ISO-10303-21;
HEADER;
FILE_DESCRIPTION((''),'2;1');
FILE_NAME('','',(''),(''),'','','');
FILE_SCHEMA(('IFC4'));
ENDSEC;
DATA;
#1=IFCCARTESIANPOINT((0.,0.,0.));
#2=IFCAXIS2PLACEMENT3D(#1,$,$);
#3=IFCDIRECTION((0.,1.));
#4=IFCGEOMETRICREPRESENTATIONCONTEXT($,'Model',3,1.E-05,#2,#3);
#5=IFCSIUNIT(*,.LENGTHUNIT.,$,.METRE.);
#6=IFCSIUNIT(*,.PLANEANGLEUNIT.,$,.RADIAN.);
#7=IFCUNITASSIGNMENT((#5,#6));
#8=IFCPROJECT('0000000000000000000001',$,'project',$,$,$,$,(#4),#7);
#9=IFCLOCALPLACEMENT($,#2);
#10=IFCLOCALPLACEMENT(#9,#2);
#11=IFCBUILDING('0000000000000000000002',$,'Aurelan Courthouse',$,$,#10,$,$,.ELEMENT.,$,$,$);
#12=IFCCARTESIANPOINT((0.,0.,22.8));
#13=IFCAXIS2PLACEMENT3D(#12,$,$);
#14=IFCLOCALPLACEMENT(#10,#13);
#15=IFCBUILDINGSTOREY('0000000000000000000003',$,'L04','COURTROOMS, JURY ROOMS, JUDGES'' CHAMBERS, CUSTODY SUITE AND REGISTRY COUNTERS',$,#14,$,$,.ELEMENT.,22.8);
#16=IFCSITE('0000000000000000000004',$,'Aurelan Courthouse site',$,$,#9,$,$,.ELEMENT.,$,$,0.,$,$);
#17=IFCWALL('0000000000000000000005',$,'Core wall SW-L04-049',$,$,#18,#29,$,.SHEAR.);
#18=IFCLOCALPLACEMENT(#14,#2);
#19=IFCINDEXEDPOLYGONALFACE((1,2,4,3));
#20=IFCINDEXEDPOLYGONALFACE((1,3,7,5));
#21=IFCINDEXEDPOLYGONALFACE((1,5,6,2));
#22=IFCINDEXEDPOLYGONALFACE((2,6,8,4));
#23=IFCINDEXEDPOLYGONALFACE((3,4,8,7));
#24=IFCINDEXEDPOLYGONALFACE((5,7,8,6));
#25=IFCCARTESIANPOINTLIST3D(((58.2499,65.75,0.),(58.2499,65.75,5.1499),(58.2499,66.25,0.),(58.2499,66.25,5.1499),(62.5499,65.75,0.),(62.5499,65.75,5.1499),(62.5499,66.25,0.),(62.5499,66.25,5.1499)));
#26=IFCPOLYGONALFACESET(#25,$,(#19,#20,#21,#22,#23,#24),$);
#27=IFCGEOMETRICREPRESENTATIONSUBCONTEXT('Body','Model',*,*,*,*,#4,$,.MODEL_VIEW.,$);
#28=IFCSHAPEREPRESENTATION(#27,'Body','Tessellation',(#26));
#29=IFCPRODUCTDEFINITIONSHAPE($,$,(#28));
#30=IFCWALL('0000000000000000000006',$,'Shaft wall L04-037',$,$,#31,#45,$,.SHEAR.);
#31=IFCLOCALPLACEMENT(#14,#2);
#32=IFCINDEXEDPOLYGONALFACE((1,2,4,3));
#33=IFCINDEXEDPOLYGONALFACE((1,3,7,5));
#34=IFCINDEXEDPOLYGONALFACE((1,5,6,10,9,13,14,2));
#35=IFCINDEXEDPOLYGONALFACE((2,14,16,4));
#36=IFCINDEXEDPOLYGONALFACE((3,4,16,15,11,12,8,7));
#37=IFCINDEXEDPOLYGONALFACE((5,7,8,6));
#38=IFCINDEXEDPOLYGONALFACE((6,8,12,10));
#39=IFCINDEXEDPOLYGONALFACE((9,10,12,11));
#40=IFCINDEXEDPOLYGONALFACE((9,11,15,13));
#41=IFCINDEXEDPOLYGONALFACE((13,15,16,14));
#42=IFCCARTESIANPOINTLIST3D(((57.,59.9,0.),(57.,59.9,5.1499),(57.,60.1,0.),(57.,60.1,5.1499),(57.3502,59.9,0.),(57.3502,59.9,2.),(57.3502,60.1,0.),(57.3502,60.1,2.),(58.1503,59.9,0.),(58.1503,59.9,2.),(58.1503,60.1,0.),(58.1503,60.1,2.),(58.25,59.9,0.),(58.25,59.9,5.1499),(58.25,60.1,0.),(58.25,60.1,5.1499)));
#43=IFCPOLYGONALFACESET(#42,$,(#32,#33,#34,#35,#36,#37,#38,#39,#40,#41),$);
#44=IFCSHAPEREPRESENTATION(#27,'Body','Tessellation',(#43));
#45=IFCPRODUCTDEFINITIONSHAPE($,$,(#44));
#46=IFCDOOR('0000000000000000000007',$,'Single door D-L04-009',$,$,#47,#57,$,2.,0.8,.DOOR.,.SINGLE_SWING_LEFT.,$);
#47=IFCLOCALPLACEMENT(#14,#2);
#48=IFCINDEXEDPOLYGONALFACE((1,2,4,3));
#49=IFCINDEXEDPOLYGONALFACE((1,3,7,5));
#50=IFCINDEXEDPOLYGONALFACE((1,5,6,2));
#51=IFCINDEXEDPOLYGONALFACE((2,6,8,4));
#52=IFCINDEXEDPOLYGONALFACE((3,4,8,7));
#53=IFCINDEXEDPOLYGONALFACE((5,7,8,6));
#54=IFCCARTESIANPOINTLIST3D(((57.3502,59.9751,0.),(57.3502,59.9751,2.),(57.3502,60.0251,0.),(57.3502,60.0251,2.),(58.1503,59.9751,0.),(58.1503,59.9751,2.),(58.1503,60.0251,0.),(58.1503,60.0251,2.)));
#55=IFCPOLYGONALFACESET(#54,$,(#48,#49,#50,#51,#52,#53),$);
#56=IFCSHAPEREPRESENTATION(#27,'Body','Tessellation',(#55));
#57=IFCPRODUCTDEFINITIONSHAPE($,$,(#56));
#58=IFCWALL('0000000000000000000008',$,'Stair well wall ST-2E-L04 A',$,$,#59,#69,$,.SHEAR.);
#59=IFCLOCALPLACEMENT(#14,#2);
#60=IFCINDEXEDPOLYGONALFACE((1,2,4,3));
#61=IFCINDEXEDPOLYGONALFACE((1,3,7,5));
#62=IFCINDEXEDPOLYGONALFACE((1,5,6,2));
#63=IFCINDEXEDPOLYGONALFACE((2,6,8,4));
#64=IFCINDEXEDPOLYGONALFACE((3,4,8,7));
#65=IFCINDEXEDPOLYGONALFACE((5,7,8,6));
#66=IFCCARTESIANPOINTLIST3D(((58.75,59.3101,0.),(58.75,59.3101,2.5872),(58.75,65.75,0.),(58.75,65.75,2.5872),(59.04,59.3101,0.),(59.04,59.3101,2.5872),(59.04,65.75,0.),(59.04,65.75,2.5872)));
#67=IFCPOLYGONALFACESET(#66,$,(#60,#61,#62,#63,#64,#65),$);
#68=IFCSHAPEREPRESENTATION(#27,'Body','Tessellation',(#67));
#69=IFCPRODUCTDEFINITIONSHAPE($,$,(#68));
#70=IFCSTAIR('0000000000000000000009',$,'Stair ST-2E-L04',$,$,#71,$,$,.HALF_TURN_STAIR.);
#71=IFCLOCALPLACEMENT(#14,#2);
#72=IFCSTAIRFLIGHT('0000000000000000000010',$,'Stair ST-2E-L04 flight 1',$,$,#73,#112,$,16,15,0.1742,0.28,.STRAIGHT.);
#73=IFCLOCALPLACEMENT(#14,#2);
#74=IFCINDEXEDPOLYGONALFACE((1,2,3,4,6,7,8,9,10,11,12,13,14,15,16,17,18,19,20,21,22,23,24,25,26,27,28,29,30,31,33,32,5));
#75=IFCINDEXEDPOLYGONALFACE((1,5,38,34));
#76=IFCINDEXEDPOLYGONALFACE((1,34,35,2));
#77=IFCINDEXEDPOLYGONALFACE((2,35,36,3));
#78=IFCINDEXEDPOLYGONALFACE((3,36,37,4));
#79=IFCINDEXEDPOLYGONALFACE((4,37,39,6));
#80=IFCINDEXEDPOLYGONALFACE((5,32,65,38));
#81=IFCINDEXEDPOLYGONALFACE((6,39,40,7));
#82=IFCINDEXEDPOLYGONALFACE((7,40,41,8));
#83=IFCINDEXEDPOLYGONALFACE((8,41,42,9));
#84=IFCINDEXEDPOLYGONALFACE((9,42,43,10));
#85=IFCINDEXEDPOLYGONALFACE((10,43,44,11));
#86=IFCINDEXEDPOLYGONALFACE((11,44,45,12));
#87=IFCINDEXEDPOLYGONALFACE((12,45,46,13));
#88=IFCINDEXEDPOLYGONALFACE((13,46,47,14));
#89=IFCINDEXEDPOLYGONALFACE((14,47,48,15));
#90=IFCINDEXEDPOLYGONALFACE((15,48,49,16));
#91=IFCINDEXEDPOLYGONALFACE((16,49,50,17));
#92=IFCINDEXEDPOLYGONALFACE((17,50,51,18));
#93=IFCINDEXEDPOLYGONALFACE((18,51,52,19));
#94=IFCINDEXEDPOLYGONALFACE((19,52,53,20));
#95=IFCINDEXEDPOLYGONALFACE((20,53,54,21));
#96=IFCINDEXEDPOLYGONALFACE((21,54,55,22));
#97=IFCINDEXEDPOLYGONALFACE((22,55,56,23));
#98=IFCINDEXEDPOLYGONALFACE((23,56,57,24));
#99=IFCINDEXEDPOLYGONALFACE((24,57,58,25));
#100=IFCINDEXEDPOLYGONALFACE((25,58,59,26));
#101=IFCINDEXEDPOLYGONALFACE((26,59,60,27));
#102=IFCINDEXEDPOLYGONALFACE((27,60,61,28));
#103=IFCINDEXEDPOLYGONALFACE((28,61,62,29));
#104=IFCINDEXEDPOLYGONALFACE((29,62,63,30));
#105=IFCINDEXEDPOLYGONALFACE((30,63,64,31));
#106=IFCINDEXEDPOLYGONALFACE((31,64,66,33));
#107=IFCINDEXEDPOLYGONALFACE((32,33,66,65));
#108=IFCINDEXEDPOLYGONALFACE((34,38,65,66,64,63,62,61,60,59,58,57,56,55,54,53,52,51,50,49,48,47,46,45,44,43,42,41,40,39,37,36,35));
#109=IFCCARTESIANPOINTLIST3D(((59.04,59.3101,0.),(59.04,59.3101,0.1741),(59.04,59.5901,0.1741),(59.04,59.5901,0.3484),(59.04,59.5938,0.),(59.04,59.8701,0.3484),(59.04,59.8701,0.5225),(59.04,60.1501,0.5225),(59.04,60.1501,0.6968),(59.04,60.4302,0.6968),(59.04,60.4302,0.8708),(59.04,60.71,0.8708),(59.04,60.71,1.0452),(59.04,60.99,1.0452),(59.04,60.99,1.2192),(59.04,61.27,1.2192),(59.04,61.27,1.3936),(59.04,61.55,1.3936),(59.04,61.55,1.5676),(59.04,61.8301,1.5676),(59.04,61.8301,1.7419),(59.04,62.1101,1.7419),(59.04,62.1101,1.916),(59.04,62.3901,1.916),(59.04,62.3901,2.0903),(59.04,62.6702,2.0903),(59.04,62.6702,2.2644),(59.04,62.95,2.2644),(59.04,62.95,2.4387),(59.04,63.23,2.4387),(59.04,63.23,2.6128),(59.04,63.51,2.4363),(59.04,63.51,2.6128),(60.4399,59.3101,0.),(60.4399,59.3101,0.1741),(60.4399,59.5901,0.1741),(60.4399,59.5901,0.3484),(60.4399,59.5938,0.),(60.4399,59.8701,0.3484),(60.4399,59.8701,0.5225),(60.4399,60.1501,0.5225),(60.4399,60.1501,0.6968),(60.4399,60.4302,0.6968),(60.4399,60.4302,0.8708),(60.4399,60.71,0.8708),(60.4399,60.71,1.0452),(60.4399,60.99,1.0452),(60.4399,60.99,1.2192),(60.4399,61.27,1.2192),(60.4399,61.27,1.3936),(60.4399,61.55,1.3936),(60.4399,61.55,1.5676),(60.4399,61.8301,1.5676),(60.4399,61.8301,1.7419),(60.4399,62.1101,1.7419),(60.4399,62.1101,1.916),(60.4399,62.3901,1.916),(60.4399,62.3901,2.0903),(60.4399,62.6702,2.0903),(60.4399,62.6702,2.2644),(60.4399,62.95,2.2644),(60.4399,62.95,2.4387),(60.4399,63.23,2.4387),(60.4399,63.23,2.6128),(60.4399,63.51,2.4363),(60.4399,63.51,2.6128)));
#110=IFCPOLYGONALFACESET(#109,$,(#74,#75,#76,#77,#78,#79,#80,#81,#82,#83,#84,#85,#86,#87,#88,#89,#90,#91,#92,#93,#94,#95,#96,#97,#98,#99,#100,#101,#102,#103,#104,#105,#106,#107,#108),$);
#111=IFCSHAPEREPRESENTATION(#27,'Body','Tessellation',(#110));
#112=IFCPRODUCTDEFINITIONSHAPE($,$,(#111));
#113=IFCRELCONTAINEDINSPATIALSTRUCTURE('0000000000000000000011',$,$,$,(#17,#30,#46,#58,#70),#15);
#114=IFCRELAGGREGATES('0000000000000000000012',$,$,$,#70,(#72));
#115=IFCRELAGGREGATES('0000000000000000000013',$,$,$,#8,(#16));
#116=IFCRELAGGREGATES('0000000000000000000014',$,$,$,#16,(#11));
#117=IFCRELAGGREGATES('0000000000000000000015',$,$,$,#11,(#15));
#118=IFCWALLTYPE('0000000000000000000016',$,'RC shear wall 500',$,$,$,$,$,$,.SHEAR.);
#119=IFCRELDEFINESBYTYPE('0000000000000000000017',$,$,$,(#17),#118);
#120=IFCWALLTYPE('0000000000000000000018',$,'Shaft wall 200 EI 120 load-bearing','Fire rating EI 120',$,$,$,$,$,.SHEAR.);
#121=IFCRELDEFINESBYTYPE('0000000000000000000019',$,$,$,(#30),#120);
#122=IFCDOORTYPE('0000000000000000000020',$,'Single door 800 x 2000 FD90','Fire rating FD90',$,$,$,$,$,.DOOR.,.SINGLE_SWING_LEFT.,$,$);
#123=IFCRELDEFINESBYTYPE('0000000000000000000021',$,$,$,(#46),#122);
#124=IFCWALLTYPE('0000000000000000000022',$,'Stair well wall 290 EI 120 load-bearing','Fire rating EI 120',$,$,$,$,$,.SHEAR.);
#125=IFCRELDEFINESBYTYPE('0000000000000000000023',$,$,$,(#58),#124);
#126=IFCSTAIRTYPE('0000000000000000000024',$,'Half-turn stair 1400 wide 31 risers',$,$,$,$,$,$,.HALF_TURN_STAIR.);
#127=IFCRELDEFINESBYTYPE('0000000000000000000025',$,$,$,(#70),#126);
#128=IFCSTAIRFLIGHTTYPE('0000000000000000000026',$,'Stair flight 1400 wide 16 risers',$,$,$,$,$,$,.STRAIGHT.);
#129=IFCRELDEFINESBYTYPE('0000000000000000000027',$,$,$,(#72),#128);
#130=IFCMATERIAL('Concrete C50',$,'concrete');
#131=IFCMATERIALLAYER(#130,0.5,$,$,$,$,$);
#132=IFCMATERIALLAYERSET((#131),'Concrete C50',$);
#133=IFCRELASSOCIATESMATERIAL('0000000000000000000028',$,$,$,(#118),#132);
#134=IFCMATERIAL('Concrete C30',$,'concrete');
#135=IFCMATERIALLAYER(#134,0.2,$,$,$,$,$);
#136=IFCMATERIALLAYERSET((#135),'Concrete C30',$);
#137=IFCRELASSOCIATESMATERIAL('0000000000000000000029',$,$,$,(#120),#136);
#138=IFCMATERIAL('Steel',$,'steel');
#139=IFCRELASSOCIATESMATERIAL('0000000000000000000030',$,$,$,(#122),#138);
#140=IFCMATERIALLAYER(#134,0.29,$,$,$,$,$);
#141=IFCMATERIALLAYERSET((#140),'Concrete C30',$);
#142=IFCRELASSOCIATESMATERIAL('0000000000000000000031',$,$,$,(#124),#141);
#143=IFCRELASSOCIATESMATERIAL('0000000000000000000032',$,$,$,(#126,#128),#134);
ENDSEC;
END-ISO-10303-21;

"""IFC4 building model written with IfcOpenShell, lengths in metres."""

from ifc_helpers import new_model, si_unit, direction, frame, frame_2d, origin, place, context, subcontext, project, spatial, polyline, rectangle, outline, extrude, material, layer, layer_set, type_object, element, fill, aggregate, save


model = new_model("IFC4")

# Units and contexts
model_context = context("Model", 3, precision=1e-05, world=origin(), true_north=direction((0.0, 1.0)))
body_context = subcontext(model_context, "Body", "Model", "MODEL_VIEW")
ifc_project = project(units=[si_unit("LENGTHUNIT", "METRE"), si_unit("PLANEANGLEUNIT", "RADIAN")], contexts=[model_context])

# Site, building, storey
site_placement = place(None, origin())
site = spatial("IfcSite", under=ifc_project, at=site_placement, Name="Aurelan Courthouse site", CompositionType="ELEMENT", RefElevation=0.0)
building_placement = place(site_placement, origin())
building = spatial("IfcBuilding", under=site, at=building_placement, Name="Aurelan Courthouse", CompositionType="ELEMENT")
storey_placement = place(building_placement, frame((0.0, 0.0, 22.8)))
storey = spatial("IfcBuildingStorey", under=building, at=storey_placement, Name="L04", Description="COURTROOMS, JURY ROOMS, JUDGES' CHAMBERS, CUSTODY SUITE AND REGISTRY COUNTERS", CompositionType="ELEMENT", Elevation=22.8)

# Shared definitions
ifc_material_1 = material(Name="Concrete C50", Category="concrete")

# Shared definitions
ifc_material_2 = material(Name="Steel", Category="steel")

# Shared definitions
ifc_layer_1 = layer(ifc_material_1, 0.5)
ifc_layer_set_1 = layer_set([ifc_layer_1], Name="Concrete C50")
wall_type_1 = type_object("IfcWallType", Name="RC shear wall 500", PredefinedType="SHEAR", material=ifc_layer_set_1)

# Wall
wall_1_placement = place(storey_placement, frame((58.25, 66.0, 0.0), z_axis=(0.0, 0.0, 1.0), x_axis=(1.0, 0.0, 0.0)))
element("IfcWall", 1, at=wall_1_placement, inside=storey, type_object=wall_type_1, Name="Core wall SW-L04-049", PredefinedType="SHEAR", context=body_context, shape_type="SweptSolid", body=[
    extrude(rectangle(XDim=4.3, YDim=0.5, at=frame_2d((2.1499, 0.0))), origin(), (0.0, 0.0, 1.0), 5.1499),
])

# Wall, opening, door
ifc_material_3 = material(Name="Concrete C30", Category="concrete")
ifc_layer_2 = layer(ifc_material_3, 0.2)
ifc_layer_set_2 = layer_set([ifc_layer_2], Name="Concrete C30")
wall_type_2 = type_object("IfcWallType", Name="Shaft wall 200 EI 120 load-bearing", Description="Fire rating EI 120", PredefinedType="SHEAR", material=ifc_layer_set_2)
wall_2_placement = place(storey_placement, frame((57.0, 60.0, 0.0), z_axis=(0.0, 0.0, 1.0), x_axis=(1.0, 0.0, 0.0)))
wall_2 = element("IfcWall", 2, at=wall_2_placement, inside=storey, type_object=wall_type_2, Name="Shaft wall L04-037", PredefinedType="SHEAR", context=body_context, shape_type="SweptSolid", body=[
    extrude(rectangle(XDim=1.25, YDim=0.2, at=frame_2d((0.625, 0.0))), origin(), (0.0, 0.0, 1.0), 5.1499),
])
opening_1_placement = place(wall_2_placement, frame((1.1501, 0.0, 0.0), z_axis=(0.0, 0.0, 1.0), x_axis=(-1.0, 0.0, 0.0)))
opening_1 = element("IfcOpeningElement", 3, at=opening_1_placement, cuts=wall_2, PredefinedType="OPENING", context=body_context, shape_type="SweptSolid", body=[
    extrude(rectangle(XDim=0.8, YDim=2.0, at=frame_2d((0.3999, 1.0))), frame((0.0, 0.1099, 0.0), z_axis=(0.0, -1.0, 0.0), x_axis=(1.0, 0.0, 0.0)), (0.0, 0.0, 1.0), 0.22),
])
door_type_1 = type_object("IfcDoorType", Name="Single door 800 x 2000 FD90", Description="Fire rating FD90", OperationType="SINGLE_SWING_LEFT", PredefinedType="DOOR", material=ifc_material_2)
door_1_placement = place(opening_1_placement, origin())
door_1 = element("IfcDoor", 4, at=door_1_placement, inside=storey, type_object=door_type_1, Name="Single door D-L04-009", OperationType="SINGLE_SWING_LEFT", OverallHeight=2.0, OverallWidth=0.8, PredefinedType="DOOR", context=body_context, shape_type="SweptSolid", body=[
    extrude(rectangle(XDim=0.8, YDim=2.0, at=frame_2d((0.3999, 1.0))), frame((0.0, 0.0249, 0.0), z_axis=(0.0, -1.0, 0.0), x_axis=(1.0, 0.0, 0.0)), (0.0, 0.0, 1.0), 0.05),
])
fill(opening_1, door_1)

# Wall
ifc_layer_3 = layer(ifc_material_3, 0.29)
ifc_layer_set_3 = layer_set([ifc_layer_3], Name="Concrete C30")
wall_type_3 = type_object("IfcWallType", Name="Stair well wall 290 EI 120 load-bearing", Description="Fire rating EI 120", PredefinedType="SHEAR", material=ifc_layer_set_3)
wall_3_placement = place(storey_placement, frame((58.895, 59.3101, 0.0), z_axis=(0.0, 0.0, 1.0), x_axis=(0.0, 1.0, 0.0)))
element("IfcWall", 5, at=wall_3_placement, inside=storey, type_object=wall_type_3, Name="Stair well wall ST-2E-L04 A", PredefinedType="SHEAR", context=body_context, shape_type="SweptSolid", body=[
    extrude(rectangle(XDim=6.4399, YDim=0.29, at=frame_2d((3.22, 0.0))), origin(), (0.0, 0.0, 1.0), 2.5872),
])

# Stair, stair flight
stair_type = type_object("IfcStairType", Name="Half-turn stair 1400 wide 31 risers", PredefinedType="HALF_TURN_STAIR", material=ifc_material_3)
stair_placement = place(storey_placement, origin())
stair = element("IfcStair", 6, at=stair_placement, inside=storey, type_object=stair_type, Name="Stair ST-2E-L04", PredefinedType="HALF_TURN_STAIR")
stair_flight_type = type_object("IfcStairFlightType", Name="Stair flight 1400 wide 16 risers", PredefinedType="STRAIGHT", material=ifc_material_3)
stair_flight_placement = place(storey_placement, frame((59.74, 59.3101, 0.0), z_axis=(0.0, 0.0, 1.0), x_axis=(0.0, 1.0, 0.0)))
stair_flight = element("IfcStairFlight", 7, at=stair_flight_placement, type_object=stair_flight_type, Name="Stair ST-2E-L04 flight 1", NumberOfRisers=16, NumberOfTreads=15, PredefinedType="STRAIGHT", RiserHeight=0.1742, TreadLength=0.28, context=body_context, shape_type="SweptSolid", body=[
    extrude(outline(polyline([(0.0, 0.0), (0.0, 0.1741), (0.28, 0.1741), (0.28, 0.3484), (0.5601, 0.3484), (0.5601, 0.5225), (0.8401, 0.5225), (0.8401, 0.6968), (1.1201, 0.6968), (1.1201, 0.8708), (1.3999, 0.8708), (1.3999, 1.0452), (1.6799, 1.0452), (1.6799, 1.2192), (1.96, 1.2192), (1.96, 1.3936), (2.24, 1.3936), (2.24, 1.5676), (2.52, 1.5676), (2.52, 1.7419), (2.8, 1.7419), (2.8, 1.916), (3.0801, 1.916), (3.0801, 2.0903), (3.3601, 2.0903), (3.3601, 2.2644), (3.6399, 2.2644), (3.6399, 2.4387), (3.9199, 2.4387), (3.9199, 2.6128), (4.2, 2.6128), (4.2, 2.7871), (4.2, 2.4363), (0.2837, 0.0), (0.0, 0.0)])), frame((0.0, 0.7, 0.0), z_axis=(0.0, -1.0, 0.0), x_axis=(1.0, 0.0, 0.0)), (0.0, 0.0, 1.0), 1.3999),
])
aggregate(stair, [stair_flight])

save(model, "model.ifc")
